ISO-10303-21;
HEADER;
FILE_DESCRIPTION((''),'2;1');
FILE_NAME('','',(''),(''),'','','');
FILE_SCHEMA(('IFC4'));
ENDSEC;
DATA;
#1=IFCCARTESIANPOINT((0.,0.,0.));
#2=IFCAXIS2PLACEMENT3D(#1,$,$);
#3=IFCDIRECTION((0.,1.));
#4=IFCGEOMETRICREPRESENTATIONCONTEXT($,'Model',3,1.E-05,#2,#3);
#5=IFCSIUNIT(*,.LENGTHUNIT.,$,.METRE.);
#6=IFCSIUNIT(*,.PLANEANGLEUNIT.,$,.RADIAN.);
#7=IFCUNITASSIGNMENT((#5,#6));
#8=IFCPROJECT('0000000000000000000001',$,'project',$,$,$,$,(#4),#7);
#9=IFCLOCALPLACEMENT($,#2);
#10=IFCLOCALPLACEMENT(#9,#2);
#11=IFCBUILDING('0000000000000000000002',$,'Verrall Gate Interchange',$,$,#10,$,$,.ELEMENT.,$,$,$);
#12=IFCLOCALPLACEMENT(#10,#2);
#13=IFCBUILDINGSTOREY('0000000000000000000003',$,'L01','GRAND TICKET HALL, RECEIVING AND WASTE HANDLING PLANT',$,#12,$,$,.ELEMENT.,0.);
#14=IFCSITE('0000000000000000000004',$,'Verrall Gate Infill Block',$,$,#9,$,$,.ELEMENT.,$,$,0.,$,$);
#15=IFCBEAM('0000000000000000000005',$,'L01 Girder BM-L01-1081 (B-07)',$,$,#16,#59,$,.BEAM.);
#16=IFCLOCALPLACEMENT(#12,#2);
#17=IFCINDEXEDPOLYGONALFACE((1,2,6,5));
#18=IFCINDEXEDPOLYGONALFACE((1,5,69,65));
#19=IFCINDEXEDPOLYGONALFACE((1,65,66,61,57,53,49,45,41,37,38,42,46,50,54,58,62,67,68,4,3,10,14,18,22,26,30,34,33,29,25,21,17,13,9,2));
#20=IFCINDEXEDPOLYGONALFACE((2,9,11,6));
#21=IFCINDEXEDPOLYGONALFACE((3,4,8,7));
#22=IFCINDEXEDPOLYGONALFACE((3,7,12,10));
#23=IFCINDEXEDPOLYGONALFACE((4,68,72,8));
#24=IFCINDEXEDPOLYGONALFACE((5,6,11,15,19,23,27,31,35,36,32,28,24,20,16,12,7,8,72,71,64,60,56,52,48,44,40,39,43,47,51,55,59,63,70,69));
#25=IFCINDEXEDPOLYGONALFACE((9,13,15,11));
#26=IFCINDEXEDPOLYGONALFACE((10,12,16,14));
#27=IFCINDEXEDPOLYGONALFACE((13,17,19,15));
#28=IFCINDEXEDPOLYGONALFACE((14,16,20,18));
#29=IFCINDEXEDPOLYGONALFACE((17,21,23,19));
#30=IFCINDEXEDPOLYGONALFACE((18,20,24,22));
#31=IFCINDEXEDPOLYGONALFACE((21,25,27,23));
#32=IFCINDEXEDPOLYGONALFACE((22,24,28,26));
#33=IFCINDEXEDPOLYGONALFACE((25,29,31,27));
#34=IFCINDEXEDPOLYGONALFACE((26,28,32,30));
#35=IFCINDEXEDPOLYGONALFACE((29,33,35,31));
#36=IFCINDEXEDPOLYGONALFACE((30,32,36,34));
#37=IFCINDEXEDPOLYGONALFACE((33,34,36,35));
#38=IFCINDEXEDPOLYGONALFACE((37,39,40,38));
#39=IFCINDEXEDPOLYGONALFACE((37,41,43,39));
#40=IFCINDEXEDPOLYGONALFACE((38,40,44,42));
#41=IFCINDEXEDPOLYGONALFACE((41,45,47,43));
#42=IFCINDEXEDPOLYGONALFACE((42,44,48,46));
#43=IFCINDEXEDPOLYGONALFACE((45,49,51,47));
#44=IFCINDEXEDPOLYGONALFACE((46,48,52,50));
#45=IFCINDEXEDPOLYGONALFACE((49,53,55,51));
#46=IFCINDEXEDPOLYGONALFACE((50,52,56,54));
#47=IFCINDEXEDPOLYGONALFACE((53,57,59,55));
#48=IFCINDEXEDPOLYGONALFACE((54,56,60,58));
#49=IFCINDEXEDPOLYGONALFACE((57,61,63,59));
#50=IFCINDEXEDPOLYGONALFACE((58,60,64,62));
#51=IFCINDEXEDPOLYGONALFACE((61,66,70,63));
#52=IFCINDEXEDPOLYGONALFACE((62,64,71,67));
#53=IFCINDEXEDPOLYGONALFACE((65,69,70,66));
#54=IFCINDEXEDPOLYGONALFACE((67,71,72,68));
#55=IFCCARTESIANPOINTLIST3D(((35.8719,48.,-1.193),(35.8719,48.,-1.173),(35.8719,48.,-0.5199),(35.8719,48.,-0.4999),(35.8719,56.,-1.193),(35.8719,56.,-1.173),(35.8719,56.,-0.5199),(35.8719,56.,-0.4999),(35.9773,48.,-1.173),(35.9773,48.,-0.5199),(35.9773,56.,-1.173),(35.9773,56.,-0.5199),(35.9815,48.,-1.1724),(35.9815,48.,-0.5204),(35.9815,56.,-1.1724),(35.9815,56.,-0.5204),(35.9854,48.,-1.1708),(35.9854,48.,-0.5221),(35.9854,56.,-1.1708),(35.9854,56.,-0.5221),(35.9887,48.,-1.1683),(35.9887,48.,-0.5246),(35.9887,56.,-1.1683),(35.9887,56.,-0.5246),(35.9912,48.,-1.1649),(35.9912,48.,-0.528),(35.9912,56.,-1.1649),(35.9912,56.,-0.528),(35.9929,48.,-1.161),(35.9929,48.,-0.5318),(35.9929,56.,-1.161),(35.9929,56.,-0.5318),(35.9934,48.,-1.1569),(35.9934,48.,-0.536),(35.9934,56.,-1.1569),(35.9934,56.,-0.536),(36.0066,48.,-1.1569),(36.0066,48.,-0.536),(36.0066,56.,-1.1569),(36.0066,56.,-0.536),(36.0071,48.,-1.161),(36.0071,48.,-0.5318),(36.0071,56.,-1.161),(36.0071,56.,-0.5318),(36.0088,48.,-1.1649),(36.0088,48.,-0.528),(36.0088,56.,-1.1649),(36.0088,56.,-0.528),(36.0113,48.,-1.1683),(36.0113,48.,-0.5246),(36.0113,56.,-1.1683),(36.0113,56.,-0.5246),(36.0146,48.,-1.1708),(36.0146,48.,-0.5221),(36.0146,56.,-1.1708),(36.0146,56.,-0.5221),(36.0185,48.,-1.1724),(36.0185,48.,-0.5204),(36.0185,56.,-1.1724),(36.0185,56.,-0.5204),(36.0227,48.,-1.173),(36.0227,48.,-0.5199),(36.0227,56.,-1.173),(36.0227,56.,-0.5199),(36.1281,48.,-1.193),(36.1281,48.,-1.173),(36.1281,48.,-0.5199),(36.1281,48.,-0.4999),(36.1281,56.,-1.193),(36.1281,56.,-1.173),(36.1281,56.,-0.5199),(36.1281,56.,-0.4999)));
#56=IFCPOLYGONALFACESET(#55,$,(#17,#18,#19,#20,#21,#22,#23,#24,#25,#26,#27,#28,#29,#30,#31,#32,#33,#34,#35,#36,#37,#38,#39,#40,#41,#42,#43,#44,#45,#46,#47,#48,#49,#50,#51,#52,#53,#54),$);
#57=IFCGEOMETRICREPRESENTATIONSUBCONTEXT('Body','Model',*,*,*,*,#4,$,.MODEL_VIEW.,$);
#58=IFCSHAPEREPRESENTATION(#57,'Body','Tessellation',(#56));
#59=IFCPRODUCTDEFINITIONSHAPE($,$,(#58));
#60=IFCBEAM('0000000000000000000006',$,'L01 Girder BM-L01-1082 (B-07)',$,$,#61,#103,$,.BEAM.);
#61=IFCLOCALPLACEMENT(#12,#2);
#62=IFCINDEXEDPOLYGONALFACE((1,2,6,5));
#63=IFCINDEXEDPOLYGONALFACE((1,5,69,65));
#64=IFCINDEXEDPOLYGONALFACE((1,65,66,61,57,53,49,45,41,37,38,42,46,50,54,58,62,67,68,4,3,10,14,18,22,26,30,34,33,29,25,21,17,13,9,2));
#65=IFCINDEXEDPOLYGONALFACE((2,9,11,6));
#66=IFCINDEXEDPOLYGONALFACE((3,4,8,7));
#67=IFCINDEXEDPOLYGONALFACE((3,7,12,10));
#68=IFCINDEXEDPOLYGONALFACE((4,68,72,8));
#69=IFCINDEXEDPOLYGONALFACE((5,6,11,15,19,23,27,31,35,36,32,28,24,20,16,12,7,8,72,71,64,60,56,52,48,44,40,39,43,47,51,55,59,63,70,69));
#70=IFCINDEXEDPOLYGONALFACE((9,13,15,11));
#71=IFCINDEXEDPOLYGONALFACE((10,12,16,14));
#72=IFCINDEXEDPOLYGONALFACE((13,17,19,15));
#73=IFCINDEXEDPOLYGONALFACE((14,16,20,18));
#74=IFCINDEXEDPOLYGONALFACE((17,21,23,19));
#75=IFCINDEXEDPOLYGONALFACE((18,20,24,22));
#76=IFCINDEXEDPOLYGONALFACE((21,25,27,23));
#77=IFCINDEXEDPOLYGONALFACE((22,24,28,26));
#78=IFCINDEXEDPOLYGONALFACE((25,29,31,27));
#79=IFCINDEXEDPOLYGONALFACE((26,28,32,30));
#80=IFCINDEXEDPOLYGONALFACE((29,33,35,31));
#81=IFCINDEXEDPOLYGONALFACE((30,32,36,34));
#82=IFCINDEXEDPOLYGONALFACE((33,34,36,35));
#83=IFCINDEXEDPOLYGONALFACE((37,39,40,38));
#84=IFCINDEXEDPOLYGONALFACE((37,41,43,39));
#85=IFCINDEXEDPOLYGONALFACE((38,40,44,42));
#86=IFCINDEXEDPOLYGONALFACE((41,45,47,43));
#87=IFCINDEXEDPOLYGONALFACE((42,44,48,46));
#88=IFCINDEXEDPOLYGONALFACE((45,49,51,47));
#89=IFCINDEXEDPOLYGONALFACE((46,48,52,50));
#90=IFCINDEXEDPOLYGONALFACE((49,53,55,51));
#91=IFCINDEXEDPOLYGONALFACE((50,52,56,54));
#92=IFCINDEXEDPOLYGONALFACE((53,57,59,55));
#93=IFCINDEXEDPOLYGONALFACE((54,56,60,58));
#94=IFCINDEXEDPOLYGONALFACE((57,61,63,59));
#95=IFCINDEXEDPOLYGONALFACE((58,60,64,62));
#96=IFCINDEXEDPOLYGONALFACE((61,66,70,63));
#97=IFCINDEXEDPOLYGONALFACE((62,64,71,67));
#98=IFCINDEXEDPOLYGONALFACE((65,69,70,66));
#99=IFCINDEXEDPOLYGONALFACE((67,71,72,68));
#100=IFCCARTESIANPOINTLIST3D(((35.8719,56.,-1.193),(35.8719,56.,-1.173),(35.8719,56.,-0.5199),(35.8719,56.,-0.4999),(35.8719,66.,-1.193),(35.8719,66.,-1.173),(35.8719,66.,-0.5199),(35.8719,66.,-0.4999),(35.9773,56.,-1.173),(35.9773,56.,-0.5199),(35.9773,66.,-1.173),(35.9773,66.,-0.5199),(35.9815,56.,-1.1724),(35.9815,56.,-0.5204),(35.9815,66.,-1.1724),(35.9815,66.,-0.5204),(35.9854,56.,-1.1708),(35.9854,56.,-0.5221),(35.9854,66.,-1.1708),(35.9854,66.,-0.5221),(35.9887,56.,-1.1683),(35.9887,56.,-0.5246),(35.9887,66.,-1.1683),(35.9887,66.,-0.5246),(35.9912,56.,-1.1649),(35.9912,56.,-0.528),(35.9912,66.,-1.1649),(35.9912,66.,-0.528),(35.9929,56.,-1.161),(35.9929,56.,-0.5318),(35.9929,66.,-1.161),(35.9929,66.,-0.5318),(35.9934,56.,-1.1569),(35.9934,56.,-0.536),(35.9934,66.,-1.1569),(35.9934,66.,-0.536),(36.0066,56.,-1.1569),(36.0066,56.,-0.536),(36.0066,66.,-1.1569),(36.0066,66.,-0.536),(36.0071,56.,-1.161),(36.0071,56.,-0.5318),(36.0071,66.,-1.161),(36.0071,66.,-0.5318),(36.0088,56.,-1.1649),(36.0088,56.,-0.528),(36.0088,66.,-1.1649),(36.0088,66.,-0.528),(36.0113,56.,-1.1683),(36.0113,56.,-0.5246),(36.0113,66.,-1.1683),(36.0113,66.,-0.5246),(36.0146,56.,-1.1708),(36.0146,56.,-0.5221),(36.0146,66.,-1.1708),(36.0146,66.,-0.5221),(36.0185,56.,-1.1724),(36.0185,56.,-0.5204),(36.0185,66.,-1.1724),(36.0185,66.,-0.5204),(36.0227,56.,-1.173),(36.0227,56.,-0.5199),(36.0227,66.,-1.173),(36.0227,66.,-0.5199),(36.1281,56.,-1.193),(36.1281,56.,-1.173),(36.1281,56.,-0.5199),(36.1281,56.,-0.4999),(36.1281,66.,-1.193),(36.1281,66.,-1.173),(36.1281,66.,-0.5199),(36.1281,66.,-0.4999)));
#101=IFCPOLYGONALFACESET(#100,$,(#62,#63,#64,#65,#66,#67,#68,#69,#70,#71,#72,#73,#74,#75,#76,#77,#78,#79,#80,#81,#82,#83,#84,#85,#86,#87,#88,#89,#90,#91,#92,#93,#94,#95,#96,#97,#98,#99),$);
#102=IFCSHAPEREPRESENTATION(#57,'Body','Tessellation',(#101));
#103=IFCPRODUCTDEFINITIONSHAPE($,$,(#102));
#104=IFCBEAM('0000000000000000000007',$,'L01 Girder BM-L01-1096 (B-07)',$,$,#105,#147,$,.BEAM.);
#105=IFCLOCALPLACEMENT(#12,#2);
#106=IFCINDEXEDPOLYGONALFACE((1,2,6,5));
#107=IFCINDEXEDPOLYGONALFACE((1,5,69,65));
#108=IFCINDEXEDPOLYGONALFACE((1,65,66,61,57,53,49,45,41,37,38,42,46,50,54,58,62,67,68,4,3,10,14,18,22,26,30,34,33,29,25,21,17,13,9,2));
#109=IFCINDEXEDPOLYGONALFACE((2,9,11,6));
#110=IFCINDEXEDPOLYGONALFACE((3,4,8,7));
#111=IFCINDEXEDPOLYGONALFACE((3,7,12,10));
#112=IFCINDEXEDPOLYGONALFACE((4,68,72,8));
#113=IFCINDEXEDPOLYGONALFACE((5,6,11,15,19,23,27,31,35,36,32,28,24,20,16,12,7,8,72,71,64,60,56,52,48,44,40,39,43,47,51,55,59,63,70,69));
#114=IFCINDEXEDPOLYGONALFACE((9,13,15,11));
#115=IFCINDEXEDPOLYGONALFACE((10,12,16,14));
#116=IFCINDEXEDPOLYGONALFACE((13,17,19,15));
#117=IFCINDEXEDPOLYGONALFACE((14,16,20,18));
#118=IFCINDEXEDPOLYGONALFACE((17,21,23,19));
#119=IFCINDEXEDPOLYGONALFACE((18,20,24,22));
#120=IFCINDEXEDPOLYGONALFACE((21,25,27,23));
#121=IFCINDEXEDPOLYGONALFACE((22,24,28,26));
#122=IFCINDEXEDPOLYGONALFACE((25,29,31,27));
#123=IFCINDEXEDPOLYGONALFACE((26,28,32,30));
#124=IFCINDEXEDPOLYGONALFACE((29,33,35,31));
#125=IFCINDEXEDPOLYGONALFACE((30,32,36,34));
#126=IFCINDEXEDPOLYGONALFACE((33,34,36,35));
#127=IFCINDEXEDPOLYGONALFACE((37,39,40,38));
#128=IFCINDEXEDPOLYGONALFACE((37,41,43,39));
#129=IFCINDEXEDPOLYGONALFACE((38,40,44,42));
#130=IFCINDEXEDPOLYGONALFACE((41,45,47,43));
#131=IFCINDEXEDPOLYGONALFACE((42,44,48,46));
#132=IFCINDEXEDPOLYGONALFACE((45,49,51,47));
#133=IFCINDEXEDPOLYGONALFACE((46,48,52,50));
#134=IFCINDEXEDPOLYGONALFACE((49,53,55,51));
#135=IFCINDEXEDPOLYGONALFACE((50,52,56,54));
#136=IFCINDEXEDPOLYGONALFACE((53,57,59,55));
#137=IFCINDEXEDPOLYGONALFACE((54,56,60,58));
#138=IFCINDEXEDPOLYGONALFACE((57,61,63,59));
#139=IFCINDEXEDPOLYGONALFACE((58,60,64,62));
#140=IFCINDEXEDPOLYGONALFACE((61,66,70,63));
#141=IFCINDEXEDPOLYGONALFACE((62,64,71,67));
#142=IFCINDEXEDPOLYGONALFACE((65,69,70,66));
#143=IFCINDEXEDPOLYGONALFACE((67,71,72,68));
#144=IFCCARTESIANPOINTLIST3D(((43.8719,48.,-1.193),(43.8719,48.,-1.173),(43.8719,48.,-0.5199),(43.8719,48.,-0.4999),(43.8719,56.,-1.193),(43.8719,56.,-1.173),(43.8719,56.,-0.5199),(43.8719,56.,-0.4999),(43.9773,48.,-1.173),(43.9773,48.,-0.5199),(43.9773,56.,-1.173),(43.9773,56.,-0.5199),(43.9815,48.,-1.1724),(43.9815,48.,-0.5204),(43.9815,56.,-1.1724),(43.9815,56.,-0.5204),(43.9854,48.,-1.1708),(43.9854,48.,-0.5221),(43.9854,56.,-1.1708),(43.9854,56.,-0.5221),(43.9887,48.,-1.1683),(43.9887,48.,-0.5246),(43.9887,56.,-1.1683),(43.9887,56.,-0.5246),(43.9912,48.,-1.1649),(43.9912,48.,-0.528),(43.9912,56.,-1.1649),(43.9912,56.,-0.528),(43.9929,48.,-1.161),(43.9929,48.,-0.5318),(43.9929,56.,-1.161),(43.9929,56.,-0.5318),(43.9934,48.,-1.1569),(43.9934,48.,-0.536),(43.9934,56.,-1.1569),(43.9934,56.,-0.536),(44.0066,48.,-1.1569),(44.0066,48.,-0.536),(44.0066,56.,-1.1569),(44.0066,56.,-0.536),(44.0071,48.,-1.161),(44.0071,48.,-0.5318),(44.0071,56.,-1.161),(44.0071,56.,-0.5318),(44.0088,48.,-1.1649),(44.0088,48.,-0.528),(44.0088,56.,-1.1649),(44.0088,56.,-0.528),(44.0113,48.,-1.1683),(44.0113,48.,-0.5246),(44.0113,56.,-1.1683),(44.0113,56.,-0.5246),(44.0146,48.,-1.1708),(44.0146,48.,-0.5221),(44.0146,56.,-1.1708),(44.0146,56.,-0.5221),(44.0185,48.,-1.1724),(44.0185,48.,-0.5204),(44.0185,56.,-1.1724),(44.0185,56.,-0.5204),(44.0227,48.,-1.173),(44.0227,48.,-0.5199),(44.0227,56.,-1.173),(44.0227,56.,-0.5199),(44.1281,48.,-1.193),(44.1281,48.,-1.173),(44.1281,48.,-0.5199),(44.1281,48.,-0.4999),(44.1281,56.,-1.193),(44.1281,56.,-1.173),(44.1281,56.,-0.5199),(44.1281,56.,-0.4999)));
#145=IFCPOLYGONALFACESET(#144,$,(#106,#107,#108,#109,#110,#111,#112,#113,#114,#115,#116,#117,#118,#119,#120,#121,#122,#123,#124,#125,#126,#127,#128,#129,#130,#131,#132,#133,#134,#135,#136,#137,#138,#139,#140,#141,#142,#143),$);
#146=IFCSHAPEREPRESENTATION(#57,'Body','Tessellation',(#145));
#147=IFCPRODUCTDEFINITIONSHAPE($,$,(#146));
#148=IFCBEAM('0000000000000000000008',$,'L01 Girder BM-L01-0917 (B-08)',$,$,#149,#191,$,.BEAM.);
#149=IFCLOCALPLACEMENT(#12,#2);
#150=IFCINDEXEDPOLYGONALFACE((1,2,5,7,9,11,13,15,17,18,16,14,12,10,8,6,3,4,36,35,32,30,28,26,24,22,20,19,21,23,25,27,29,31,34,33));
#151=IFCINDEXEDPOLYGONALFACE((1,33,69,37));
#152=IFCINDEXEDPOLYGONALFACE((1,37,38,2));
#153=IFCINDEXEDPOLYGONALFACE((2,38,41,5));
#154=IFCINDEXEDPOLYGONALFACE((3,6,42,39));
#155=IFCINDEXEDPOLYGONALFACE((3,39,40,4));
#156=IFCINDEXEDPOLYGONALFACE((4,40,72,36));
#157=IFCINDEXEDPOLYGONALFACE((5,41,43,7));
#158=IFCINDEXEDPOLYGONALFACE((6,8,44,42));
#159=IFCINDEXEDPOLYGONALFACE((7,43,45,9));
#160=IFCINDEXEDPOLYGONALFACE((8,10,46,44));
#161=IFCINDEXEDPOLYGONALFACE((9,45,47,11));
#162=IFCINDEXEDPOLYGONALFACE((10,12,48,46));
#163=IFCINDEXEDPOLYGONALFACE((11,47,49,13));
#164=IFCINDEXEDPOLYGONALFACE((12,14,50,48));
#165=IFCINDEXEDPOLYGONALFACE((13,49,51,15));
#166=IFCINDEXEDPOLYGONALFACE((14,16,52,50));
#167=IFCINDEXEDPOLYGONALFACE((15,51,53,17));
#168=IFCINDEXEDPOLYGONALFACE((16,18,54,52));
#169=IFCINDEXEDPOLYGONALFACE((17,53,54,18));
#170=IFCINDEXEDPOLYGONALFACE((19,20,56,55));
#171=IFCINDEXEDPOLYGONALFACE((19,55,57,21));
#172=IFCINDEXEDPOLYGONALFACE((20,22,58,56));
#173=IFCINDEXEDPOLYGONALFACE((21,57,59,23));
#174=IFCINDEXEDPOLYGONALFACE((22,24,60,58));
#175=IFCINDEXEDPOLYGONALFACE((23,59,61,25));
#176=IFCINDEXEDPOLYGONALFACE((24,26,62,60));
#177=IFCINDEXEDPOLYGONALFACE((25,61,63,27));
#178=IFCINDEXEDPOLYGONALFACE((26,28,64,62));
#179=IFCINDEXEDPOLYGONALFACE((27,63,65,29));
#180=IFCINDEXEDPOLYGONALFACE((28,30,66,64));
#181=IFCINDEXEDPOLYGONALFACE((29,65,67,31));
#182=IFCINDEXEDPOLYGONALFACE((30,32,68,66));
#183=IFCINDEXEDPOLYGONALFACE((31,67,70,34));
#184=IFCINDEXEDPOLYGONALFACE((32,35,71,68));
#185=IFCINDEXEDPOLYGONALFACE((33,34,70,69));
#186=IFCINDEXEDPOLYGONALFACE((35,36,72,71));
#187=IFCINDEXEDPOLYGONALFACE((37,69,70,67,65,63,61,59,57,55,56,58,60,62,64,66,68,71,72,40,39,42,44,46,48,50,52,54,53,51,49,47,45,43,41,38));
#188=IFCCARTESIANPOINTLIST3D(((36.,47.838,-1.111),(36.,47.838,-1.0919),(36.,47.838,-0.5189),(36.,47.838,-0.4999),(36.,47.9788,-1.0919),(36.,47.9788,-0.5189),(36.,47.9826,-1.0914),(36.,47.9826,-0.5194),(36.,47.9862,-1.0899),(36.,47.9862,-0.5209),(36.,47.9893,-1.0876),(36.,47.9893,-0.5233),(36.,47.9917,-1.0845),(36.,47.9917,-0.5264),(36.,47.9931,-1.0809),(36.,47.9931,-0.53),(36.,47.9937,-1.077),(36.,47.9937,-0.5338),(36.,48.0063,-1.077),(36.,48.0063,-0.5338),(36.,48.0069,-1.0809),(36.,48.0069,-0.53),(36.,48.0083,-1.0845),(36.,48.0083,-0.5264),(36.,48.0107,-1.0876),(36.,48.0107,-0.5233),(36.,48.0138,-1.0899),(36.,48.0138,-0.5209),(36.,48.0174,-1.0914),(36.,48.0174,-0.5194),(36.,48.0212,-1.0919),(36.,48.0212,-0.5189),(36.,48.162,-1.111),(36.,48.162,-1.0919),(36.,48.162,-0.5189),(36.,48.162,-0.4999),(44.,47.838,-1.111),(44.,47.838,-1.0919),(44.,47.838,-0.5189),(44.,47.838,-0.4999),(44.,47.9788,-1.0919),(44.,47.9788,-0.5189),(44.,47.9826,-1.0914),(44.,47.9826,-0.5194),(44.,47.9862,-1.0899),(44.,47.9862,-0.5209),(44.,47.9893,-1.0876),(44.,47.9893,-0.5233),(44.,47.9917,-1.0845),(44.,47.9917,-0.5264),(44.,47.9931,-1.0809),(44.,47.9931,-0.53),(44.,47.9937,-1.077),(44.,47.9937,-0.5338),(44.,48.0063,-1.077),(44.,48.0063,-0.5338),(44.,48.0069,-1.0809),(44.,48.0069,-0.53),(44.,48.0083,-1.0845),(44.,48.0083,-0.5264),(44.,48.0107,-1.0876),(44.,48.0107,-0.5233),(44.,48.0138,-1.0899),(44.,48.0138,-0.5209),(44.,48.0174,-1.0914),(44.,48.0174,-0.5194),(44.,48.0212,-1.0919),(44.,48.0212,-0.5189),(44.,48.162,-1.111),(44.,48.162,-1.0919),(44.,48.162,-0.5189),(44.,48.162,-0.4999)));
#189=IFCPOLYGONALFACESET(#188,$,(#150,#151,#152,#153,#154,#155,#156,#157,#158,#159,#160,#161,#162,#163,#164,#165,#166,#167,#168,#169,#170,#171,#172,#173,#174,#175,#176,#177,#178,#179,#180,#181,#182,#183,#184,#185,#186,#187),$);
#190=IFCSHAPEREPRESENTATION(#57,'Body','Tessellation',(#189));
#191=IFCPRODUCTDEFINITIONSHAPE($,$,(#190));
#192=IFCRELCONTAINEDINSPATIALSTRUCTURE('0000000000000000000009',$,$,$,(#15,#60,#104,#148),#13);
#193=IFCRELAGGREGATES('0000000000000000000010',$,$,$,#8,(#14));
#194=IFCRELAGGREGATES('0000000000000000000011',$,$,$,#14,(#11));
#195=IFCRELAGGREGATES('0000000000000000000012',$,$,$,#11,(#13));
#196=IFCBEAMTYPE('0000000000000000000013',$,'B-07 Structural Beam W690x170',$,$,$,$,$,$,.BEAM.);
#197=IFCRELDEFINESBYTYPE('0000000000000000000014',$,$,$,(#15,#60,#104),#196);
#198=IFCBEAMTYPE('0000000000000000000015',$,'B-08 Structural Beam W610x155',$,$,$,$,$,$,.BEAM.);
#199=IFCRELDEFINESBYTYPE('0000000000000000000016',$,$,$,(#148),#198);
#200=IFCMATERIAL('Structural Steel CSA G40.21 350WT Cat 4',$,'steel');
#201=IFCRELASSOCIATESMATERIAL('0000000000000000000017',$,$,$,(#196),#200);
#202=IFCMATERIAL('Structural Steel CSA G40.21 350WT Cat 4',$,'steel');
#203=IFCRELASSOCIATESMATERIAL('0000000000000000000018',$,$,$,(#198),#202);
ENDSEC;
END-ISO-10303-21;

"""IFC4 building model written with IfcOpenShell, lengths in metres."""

from ifc_helpers import new_model, si_unit, direction, frame, origin, origin_2d, place, context, subcontext, project, spatial, i_section, extrude, material, material_profile, profile_set, type_object, element, save


model = new_model("IFC4")

# Units and contexts
model_context = context("Model", 3, precision=1e-05, world=origin(), true_north=direction((0.0, 1.0)))
body_context = subcontext(model_context, "Body", "Model", "MODEL_VIEW")
ifc_project = project(units=[si_unit("LENGTHUNIT", "METRE"), si_unit("PLANEANGLEUNIT", "RADIAN")], contexts=[model_context])

# Site, building, storey
site_placement = place(None, origin())
site = spatial("IfcSite", under=ifc_project, at=site_placement, Name="Verrall Gate Infill Block", CompositionType="ELEMENT", RefElevation=0.0)
building_placement = place(site_placement, origin())
building = spatial("IfcBuilding", under=site, at=building_placement, Name="Verrall Gate Interchange", CompositionType="ELEMENT")
storey_placement = place(building_placement, origin())
storey = spatial("IfcBuildingStorey", under=building, at=storey_placement, Name="L01", Description="GRAND TICKET HALL, RECEIVING AND WASTE HANDLING PLANT", CompositionType="ELEMENT", Elevation=0.0)

# Beams
ifc_material_1 = material(Name="Structural Steel CSA G40.21 350WT Cat 4", Category="steel")
ifc_material_profile_1 = material_profile(ifc_material_1, i_section(OverallWidth=0.2561, OverallDepth=0.6931, WebThickness=0.0132, FlangeThickness=0.02, FilletRadius=0.0161, at=origin_2d()), Name="W690x170")
ifc_profile_set_1 = profile_set([ifc_material_profile_1], Name="Structural Steel CSA G40.21 350WT Cat 4")
beam_type_1 = type_object("IfcBeamType", Name="B-07 Structural Beam W690x170", PredefinedType="BEAM", material=ifc_profile_set_1)
beam_1_placement = place(storey_placement, frame((36.0, 48.0, -0.8464), z_axis=(0.0, 1.0, 0.0), x_axis=(-1.0, 0.0, 0.0)))
element("IfcBeam", 1, at=beam_1_placement, inside=storey, type_object=beam_type_1, Name="L01 Girder BM-L01-1081 (B-07)", PredefinedType="BEAM", context=body_context, shape_type="SweptSolid", body=[
    extrude(i_section(OverallWidth=0.2561, OverallDepth=0.6931, WebThickness=0.0132, FlangeThickness=0.02, FilletRadius=0.0161, at=origin_2d()), origin(), (0.0, 0.0, 1.0), 8.0),
])
beam_2_placement = place(storey_placement, frame((36.0, 56.0, -0.8464), z_axis=(0.0, 1.0, 0.0), x_axis=(-1.0, 0.0, 0.0)))
element("IfcBeam", 2, at=beam_2_placement, inside=storey, type_object=beam_type_1, Name="L01 Girder BM-L01-1082 (B-07)", PredefinedType="BEAM", context=body_context, shape_type="SweptSolid", body=[
    extrude(i_section(OverallWidth=0.2561, OverallDepth=0.6931, WebThickness=0.0132, FlangeThickness=0.02, FilletRadius=0.0161, at=origin_2d()), origin(), (0.0, 0.0, 1.0), 10.0),
])
beam_3_placement = place(storey_placement, frame((44.0, 48.0, -0.8464), z_axis=(0.0, 1.0, 0.0), x_axis=(-1.0, 0.0, 0.0)))
element("IfcBeam", 3, at=beam_3_placement, inside=storey, type_object=beam_type_1, Name="L01 Girder BM-L01-1096 (B-07)", PredefinedType="BEAM", context=body_context, shape_type="SweptSolid", body=[
    extrude(i_section(OverallWidth=0.2561, OverallDepth=0.6931, WebThickness=0.0132, FlangeThickness=0.02, FilletRadius=0.0161, at=origin_2d()), origin(), (0.0, 0.0, 1.0), 8.0),
])
ifc_material_2 = material(Name="Structural Steel CSA G40.21 350WT Cat 4", Category="steel")
ifc_material_profile_2 = material_profile(ifc_material_2, i_section(OverallWidth=0.324, OverallDepth=0.6111, WebThickness=0.0127, FlangeThickness=0.019, FilletRadius=0.0149, at=origin_2d()), Name="W610x155")
ifc_profile_set_2 = profile_set([ifc_material_profile_2], Name="Structural Steel CSA G40.21 350WT Cat 4")
beam_type_2 = type_object("IfcBeamType", Name="B-08 Structural Beam W610x155", PredefinedType="BEAM", material=ifc_profile_set_2)
for number, where, z_axis, x_axis, name in (
    (4, (36.0, 48.0, -0.8054), (1.0, 0.0, 0.0), (0.0, 1.0, 0.0), "L01 Girder BM-L01-0917 (B-08)"),
):
    element("IfcBeam", number, at=place(storey_placement, frame(where, z_axis=z_axis, x_axis=x_axis)), inside=storey, type_object=beam_type_2, Name=name, PredefinedType="BEAM", context=body_context, shape_type="SweptSolid", body=[
        extrude(i_section(OverallWidth=0.324, OverallDepth=0.6111, WebThickness=0.0127, FlangeThickness=0.019, FilletRadius=0.0149, at=origin_2d()), origin(), (0.0, 0.0, 1.0), 8.0),
    ])

save(model, "model.ifc")
